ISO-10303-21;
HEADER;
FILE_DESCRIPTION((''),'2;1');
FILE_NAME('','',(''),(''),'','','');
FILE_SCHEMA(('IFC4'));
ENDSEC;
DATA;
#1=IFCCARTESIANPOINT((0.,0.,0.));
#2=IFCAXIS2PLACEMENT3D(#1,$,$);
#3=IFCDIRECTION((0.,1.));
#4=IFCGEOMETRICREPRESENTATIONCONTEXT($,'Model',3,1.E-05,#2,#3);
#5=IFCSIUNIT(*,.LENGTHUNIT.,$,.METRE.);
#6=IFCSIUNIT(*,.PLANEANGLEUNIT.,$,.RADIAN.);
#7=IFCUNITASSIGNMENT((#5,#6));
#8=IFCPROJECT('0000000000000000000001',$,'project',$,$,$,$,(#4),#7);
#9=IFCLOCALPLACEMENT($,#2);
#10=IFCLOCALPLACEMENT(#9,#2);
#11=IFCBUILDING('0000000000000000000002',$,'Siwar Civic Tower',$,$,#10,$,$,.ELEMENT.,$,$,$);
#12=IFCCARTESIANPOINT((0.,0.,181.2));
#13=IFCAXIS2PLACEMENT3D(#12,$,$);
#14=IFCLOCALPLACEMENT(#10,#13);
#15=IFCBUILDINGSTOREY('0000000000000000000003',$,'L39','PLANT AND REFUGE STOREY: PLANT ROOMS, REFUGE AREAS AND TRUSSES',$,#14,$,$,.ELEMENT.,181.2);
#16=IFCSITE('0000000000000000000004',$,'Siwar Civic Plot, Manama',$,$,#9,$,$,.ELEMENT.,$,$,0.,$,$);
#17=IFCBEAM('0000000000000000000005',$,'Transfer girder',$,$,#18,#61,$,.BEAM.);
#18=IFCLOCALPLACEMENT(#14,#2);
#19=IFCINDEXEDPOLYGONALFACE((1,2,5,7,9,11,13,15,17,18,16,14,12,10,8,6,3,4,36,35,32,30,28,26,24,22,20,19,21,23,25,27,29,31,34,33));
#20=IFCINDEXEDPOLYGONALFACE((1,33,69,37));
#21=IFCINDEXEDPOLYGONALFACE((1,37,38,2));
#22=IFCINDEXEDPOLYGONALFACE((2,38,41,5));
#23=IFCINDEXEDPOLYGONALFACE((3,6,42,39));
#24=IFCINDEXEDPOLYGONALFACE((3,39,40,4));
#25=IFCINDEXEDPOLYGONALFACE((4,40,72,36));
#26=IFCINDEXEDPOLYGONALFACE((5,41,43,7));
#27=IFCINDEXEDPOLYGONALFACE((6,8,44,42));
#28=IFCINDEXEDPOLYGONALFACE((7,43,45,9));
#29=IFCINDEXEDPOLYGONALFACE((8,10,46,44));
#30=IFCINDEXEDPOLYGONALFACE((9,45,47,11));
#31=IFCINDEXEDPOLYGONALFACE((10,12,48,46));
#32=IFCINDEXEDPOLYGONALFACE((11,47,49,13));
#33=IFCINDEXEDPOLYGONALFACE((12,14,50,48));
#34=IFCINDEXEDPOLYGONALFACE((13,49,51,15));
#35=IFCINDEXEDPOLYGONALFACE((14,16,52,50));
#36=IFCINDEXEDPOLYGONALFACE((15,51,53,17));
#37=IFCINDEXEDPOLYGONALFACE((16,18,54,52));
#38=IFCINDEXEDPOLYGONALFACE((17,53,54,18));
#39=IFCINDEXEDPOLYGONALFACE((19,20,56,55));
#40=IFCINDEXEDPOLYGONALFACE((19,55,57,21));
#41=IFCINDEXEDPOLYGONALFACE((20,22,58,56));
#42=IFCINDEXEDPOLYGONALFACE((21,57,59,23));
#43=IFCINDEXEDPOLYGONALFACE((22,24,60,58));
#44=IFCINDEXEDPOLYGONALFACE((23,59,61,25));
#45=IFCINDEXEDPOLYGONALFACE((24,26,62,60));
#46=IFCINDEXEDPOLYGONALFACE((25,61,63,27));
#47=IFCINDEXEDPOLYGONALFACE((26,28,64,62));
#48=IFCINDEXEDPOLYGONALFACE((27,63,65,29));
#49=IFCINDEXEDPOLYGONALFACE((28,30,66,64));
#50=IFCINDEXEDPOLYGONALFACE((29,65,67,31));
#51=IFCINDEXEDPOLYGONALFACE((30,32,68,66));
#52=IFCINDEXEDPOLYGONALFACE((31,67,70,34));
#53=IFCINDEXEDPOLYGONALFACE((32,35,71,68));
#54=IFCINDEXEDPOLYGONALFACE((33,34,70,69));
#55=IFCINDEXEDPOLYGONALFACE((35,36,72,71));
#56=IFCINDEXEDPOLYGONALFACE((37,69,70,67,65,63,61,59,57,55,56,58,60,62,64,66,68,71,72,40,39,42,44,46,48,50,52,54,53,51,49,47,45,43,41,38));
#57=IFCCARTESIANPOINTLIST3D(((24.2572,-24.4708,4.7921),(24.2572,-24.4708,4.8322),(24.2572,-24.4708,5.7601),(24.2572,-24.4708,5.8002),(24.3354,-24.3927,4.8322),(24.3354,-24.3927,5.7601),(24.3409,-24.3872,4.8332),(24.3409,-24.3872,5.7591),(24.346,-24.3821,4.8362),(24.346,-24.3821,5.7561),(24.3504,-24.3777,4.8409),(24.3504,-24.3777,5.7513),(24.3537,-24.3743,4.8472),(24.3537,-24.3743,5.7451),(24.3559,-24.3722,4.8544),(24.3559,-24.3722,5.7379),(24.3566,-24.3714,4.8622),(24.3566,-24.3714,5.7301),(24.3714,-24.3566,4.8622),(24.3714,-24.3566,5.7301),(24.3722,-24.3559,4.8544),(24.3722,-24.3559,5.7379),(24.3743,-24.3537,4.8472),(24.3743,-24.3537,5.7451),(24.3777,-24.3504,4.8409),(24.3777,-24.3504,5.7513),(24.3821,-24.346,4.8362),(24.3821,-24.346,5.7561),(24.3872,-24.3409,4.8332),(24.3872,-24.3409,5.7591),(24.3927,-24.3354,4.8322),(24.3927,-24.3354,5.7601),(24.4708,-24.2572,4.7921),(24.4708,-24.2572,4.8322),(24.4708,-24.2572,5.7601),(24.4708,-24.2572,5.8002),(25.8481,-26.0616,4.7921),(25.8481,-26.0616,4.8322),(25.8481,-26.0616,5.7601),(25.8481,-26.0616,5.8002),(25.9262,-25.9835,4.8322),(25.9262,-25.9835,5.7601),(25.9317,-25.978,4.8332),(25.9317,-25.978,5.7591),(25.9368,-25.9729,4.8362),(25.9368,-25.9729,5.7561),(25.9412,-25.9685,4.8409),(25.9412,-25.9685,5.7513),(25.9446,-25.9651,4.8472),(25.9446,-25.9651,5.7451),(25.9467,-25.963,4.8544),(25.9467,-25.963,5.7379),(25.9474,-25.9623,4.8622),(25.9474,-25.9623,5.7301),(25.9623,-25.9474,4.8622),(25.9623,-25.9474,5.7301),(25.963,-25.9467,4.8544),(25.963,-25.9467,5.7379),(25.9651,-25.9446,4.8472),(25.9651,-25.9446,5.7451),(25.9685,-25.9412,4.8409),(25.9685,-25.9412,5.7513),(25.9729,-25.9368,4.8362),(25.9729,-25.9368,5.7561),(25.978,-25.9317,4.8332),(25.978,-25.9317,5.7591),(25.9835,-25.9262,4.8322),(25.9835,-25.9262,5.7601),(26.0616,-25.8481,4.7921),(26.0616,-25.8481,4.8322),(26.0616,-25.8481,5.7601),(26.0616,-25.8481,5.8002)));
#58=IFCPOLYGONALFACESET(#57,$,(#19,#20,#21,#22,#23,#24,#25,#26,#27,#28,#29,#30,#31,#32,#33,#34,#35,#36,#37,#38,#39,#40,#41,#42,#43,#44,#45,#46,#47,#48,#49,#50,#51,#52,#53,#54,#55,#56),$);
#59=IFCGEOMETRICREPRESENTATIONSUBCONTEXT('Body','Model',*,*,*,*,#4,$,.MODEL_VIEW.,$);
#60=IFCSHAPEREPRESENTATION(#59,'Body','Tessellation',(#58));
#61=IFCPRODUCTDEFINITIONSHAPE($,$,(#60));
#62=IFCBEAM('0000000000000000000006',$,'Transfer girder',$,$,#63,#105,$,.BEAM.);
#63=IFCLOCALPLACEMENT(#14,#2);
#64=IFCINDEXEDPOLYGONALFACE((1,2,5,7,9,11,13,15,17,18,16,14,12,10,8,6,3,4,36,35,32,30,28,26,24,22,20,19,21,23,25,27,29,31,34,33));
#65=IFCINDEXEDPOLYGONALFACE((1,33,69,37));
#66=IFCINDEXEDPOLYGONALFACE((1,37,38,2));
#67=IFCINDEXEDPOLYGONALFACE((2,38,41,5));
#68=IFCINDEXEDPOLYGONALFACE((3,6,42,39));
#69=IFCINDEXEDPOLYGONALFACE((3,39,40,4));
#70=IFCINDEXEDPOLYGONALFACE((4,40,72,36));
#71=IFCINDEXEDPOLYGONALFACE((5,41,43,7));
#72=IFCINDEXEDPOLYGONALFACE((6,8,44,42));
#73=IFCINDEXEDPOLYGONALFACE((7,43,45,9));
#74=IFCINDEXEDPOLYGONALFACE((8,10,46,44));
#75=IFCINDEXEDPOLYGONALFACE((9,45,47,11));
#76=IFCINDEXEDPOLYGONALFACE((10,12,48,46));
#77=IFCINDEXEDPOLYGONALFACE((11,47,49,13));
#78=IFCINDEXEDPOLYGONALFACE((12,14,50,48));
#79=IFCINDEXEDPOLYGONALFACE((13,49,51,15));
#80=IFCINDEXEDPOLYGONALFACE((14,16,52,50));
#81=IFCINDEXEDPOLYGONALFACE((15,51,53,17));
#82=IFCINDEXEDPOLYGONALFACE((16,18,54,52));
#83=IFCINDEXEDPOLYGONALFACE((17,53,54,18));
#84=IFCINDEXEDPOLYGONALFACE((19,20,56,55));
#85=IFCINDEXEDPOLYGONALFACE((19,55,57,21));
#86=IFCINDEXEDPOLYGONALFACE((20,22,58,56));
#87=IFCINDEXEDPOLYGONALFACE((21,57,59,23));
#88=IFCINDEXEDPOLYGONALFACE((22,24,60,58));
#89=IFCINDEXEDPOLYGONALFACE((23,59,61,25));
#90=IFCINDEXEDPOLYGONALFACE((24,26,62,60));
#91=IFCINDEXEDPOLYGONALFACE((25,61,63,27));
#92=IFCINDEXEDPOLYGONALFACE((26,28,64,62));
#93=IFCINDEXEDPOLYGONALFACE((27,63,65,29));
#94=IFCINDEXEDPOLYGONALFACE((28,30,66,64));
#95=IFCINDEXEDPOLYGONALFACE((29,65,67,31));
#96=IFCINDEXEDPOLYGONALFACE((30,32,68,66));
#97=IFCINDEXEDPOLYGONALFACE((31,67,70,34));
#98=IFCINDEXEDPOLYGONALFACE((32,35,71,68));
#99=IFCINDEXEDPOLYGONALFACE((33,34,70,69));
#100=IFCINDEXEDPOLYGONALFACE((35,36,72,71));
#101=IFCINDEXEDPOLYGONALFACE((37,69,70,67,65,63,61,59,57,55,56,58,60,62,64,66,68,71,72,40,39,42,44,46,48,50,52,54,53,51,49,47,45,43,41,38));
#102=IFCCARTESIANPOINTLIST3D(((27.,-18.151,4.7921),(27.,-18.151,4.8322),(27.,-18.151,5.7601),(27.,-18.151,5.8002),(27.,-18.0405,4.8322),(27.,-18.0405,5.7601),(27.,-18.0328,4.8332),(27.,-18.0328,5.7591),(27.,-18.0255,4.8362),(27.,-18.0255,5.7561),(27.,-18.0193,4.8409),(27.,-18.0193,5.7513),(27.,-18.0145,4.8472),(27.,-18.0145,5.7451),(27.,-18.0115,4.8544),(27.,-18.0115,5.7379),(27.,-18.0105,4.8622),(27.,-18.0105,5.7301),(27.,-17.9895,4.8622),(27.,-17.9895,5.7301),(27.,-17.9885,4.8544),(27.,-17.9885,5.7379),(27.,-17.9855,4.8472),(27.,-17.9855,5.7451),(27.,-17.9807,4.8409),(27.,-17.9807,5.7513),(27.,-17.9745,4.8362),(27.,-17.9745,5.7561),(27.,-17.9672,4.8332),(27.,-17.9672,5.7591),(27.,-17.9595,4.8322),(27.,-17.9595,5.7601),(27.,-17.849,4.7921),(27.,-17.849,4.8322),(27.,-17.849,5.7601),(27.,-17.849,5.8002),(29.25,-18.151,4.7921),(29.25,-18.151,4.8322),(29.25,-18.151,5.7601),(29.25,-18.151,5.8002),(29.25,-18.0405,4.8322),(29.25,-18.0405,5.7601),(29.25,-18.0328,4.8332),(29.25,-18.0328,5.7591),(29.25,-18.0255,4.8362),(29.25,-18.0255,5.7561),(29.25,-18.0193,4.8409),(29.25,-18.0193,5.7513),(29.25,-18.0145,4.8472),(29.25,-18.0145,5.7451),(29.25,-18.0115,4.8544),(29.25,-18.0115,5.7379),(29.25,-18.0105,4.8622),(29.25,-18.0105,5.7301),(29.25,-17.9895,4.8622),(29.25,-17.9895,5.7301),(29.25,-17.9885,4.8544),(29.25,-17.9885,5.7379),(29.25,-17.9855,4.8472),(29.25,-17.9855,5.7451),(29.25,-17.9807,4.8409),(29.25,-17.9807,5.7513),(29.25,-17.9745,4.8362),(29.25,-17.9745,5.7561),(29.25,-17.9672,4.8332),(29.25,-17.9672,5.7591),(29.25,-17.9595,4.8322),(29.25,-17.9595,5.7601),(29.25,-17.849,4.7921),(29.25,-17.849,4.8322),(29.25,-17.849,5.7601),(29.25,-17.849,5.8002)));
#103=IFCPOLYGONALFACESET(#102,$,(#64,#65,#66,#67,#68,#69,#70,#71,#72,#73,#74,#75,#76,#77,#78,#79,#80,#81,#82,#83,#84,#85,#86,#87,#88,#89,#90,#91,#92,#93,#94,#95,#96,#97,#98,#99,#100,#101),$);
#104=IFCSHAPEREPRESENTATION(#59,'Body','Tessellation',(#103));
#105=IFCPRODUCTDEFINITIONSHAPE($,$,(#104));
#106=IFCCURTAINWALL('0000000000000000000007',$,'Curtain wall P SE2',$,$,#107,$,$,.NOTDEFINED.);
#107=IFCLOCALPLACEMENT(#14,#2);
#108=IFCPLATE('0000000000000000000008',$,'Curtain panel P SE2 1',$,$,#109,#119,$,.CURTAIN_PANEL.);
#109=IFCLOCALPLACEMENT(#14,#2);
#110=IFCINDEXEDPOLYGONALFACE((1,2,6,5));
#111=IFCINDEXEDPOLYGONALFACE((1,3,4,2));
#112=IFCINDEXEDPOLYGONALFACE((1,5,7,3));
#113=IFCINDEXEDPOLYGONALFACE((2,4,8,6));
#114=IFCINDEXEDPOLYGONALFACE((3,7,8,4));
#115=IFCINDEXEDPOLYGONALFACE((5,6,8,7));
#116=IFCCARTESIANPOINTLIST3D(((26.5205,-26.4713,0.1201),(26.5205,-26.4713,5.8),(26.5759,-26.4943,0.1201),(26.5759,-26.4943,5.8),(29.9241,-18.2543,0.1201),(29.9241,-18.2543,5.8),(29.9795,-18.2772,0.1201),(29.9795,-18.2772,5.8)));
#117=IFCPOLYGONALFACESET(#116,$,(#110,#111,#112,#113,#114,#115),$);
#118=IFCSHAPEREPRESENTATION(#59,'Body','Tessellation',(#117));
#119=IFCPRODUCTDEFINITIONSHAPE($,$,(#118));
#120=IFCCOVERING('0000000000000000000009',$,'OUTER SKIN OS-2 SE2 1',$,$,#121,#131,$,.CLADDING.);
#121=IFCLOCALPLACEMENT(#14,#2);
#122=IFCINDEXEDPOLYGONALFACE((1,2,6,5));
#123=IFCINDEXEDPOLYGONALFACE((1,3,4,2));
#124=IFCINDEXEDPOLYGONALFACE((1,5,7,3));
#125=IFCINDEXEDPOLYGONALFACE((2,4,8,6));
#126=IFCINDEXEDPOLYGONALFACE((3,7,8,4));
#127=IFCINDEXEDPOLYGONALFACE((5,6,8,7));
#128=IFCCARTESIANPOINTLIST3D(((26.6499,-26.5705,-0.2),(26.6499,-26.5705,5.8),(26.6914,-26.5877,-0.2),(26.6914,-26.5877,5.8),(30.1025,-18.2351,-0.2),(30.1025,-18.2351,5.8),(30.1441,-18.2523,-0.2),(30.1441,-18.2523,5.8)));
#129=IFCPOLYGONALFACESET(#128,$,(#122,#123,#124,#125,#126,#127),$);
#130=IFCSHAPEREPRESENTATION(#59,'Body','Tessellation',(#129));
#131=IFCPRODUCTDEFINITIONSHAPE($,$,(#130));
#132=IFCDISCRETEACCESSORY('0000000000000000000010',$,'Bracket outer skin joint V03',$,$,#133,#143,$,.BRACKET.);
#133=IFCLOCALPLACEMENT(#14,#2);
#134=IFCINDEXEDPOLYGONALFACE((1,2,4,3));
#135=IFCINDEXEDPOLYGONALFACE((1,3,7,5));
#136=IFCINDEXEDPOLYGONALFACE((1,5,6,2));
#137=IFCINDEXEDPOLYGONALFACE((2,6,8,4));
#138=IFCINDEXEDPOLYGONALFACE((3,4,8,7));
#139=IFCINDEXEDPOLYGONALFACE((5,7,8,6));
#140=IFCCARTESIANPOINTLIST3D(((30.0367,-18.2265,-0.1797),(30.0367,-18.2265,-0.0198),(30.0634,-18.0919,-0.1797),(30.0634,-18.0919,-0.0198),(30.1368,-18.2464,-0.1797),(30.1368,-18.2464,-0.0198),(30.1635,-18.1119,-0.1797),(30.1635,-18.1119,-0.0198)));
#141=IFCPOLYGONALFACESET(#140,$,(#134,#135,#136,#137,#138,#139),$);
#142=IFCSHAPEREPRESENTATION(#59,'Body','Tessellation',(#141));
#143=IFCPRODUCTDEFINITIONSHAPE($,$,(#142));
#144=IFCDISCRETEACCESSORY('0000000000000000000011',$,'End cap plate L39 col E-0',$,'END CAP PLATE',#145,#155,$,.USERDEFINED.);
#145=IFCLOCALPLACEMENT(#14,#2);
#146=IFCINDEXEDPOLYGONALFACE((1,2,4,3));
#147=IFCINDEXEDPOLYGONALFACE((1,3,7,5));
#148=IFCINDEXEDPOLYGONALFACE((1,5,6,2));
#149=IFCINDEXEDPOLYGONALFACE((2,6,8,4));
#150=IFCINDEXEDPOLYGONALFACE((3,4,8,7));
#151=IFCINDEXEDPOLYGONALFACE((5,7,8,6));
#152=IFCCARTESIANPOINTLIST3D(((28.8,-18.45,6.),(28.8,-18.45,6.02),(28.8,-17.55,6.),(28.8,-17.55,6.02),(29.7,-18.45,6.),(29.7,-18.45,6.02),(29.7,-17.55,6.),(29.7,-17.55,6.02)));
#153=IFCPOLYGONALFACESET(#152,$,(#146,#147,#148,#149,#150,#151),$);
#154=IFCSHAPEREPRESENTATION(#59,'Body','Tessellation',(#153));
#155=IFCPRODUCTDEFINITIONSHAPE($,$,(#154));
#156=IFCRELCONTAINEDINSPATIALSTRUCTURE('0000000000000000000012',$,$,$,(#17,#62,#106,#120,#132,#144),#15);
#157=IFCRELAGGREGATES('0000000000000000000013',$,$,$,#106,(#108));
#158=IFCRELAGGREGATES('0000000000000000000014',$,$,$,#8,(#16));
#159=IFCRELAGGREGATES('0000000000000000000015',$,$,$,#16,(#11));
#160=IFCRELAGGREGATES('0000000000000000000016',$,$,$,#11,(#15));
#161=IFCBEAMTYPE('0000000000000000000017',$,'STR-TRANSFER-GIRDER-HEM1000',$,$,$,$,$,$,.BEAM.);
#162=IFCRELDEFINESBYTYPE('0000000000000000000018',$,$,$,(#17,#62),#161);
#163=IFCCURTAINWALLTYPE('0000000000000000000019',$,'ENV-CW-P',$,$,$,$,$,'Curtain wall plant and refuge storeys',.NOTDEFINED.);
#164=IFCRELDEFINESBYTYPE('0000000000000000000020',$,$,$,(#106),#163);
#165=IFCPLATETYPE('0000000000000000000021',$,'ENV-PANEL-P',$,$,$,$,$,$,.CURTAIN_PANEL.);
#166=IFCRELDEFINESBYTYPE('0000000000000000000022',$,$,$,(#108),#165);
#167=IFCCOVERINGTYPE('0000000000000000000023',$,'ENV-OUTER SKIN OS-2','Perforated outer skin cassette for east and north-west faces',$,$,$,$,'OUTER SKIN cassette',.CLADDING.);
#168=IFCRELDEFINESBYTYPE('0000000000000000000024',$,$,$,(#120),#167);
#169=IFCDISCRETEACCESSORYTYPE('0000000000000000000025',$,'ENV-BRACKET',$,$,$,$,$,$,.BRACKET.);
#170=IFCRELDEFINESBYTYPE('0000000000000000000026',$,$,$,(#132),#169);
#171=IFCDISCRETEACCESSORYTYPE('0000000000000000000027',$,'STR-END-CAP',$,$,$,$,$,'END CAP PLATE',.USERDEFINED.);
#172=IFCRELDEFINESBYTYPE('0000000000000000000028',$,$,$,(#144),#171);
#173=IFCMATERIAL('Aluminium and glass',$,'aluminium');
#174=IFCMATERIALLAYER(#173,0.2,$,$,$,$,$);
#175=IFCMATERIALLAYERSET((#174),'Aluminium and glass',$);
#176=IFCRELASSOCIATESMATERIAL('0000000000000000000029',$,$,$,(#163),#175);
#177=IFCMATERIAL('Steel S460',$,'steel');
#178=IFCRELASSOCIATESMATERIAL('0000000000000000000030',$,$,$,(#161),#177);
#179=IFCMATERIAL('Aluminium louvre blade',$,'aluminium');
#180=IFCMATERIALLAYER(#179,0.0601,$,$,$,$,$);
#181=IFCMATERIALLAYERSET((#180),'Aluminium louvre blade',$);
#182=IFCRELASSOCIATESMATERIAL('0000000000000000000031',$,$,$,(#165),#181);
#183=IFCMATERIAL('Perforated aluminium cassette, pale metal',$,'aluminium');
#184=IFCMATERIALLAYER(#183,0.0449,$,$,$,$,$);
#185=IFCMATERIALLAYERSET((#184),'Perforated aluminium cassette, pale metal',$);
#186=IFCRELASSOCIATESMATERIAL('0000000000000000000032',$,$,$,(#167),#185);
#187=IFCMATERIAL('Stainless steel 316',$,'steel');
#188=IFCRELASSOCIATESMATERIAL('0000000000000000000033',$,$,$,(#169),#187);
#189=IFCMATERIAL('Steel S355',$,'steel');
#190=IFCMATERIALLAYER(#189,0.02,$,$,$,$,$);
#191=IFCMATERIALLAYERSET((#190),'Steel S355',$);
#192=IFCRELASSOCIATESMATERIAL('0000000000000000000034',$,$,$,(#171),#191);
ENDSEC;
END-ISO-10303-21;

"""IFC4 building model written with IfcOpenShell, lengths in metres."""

from ifc_helpers import new_model, si_unit, direction, frame, origin, origin_2d, place, context, subcontext, project, spatial, rectangle, i_section, extrude, material, layer, layer_set, material_profile, profile_set, type_object, element, aggregate, save


model = new_model("IFC4")

# Units and contexts
model_context = context("Model", 3, precision=1e-05, world=origin(), true_north=direction((0.0, 1.0)))
body_context = subcontext(model_context, "Body", "Model", "MODEL_VIEW")
ifc_project = project(units=[si_unit("LENGTHUNIT", "METRE"), si_unit("PLANEANGLEUNIT", "RADIAN")], contexts=[model_context])

# Site, building, storey
site_placement = place(None, origin())
site = spatial("IfcSite", under=ifc_project, at=site_placement, Name="Siwar Civic Plot, Manama", CompositionType="ELEMENT", RefElevation=0.0)
building_placement = place(site_placement, origin())
building = spatial("IfcBuilding", under=site, at=building_placement, Name="Siwar Civic Tower", CompositionType="ELEMENT")
storey_placement = place(building_placement, frame((0.0, 0.0, 181.2)))
storey = spatial("IfcBuildingStorey", under=building, at=storey_placement, Name="L39", Description="PLANT AND REFUGE STOREY: PLANT ROOMS, REFUGE AREAS AND TRUSSES", CompositionType="ELEMENT", Elevation=181.2)

# Shared definitions
ifc_material_1 = material(Name="Aluminium and glass", Category="aluminium")
ifc_layer_1 = layer(ifc_material_1, 0.2)
ifc_layer_set_1 = layer_set([ifc_layer_1], Name="Aluminium and glass")
curtain_wall_type = type_object("IfcCurtainWallType", Name="ENV-CW-P", ElementType="Curtain wall plant and refuge storeys", PredefinedType="NOTDEFINED", material=ifc_layer_set_1)

# Beams
ifc_material_2 = material(Name="Steel S460", Category="steel")
ifc_material_profile_1 = material_profile(ifc_material_2, i_section(OverallWidth=0.302, OverallDepth=1.0081, WebThickness=0.021, FlangeThickness=0.04, FilletRadius=0.03, at=origin_2d()), Name="HEM1000")
ifc_profile_set_1 = profile_set([ifc_material_profile_1], Name="Steel S460")
beam_type_1 = type_object("IfcBeamType", Name="STR-TRANSFER-GIRDER-HEM1000", PredefinedType="BEAM", material=ifc_profile_set_1)
beam_1_placement = place(storey_placement, frame((24.364, -24.364, 5.2961), z_axis=(0.707107, -0.707107, 0.0), x_axis=(0.707107, 0.707107, 0.0)))
element("IfcBeam", 1, at=beam_1_placement, inside=storey, type_object=beam_type_1, Name="Transfer girder", PredefinedType="BEAM", context=body_context, shape_type="SweptSolid", body=[
    extrude(i_section(OverallWidth=0.302, OverallDepth=1.0081, WebThickness=0.021, FlangeThickness=0.04, FilletRadius=0.03, at=origin_2d()), origin(), (0.0, 0.0, 1.0), 2.2498),
])
beam_2_placement = place(storey_placement, frame((27.0, -18.0, 5.2961), z_axis=(1.0, 0.0, 0.0), x_axis=(0.0, 1.0, 0.0)))
element("IfcBeam", 2, at=beam_2_placement, inside=storey, type_object=beam_type_1, Name="Transfer girder", PredefinedType="BEAM", context=body_context, shape_type="SweptSolid", body=[
    extrude(i_section(OverallWidth=0.302, OverallDepth=1.0081, WebThickness=0.021, FlangeThickness=0.04, FilletRadius=0.03, at=origin_2d()), origin(), (0.0, 0.0, 1.0), 2.25),
])

# Curtain wall, plate
curtain_wall_1_placement = place(storey_placement, origin())
curtain_wall_1 = element("IfcCurtainWall", 3, at=curtain_wall_1_placement, inside=storey, type_object=curtain_wall_type, Name="Curtain wall P SE2", PredefinedType="NOTDEFINED")
ifc_material_3 = material(Name="Aluminium louvre blade", Category="aluminium")
ifc_layer_2 = layer(ifc_material_3, 0.0601)
ifc_layer_set_2 = layer_set([ifc_layer_2], Name="Aluminium louvre blade")
plate_type = type_object("IfcPlateType", Name="ENV-PANEL-P", PredefinedType="CURTAIN_PANEL", material=ifc_layer_set_2)
plate_placement = place(storey_placement, frame((28.25, -22.3743, 0.1201), z_axis=(0.0, 0.0, 1.0), x_axis=(0.382683, 0.92388, 0.0)))
plate = element("IfcPlate", 4, at=plate_placement, type_object=plate_type, Name="Curtain panel P SE2 1", PredefinedType="CURTAIN_PANEL", context=body_context, shape_type="SweptSolid", body=[
    extrude(rectangle(XDim=8.894, YDim=0.0601, at=origin_2d()), origin(), (0.0, 0.0, 1.0), 5.6799),
])
aggregate(curtain_wall_1, [plate])

# Covering
ifc_material_4 = material(Name="Perforated aluminium cassette, pale metal", Category="aluminium")
ifc_layer_3 = layer(ifc_material_4, 0.0449)
ifc_layer_set_3 = layer_set([ifc_layer_3], Name="Perforated aluminium cassette, pale metal")
covering_type = type_object("IfcCoveringType", Name="ENV-OUTER SKIN OS-2", Description="Perforated outer skin cassette for east and north-west faces", ElementType="OUTER SKIN cassette", PredefinedType="CLADDING", material=ifc_layer_set_3)
covering_placement = place(storey_placement, frame((28.397, -22.4114, -0.2), z_axis=(0.0, 0.0, 1.0), x_axis=(0.382683, 0.92388, 0.0)))
element("IfcCovering", 5, at=covering_placement, inside=storey, type_object=covering_type, Name="OUTER SKIN OS-2 SE2 1", PredefinedType="CLADDING", context=body_context, shape_type="SweptSolid", body=[
    extrude(rectangle(XDim=9.0222, YDim=0.0449, at=origin_2d()), origin(), (0.0, 0.0, 1.0), 6.0),
])

# Discrete accessories
ifc_material_5 = material(Name="Stainless steel 316", Category="steel")
discrete_accessory_type_1 = type_object("IfcDiscreteAccessoryType", Name="ENV-BRACKET", PredefinedType="BRACKET", material=ifc_material_5)
discrete_accessory_1_placement = place(storey_placement, frame((30.1001, -18.1692, -0.1797), z_axis=(0.0, 0.0, 1.0), x_axis=(0.980785, -0.19509, 0.0)))
element("IfcDiscreteAccessory", 6, at=discrete_accessory_1_placement, inside=storey, type_object=discrete_accessory_type_1, Name="Bracket outer skin joint V03", PredefinedType="BRACKET", context=body_context, shape_type="SweptSolid", body=[
    extrude(rectangle(XDim=0.1021, YDim=0.1372, at=origin_2d()), origin(), (0.0, 0.0, 1.0), 0.1599),
])
ifc_material_6 = material(Name="Steel S355", Category="steel")
ifc_layer_4 = layer(ifc_material_6, 0.02)
ifc_layer_set_4 = layer_set([ifc_layer_4], Name="Steel S355")
discrete_accessory_type_2 = type_object("IfcDiscreteAccessoryType", Name="STR-END-CAP", ElementType="END CAP PLATE", PredefinedType="USERDEFINED", material=ifc_layer_set_4)
discrete_accessory_2_placement = place(storey_placement, frame((29.25, -18.0, 6.0), z_axis=(0.0, 0.0, 1.0), x_axis=(1.0, 0.0, 0.0)))
element("IfcDiscreteAccessory", 7, at=discrete_accessory_2_placement, inside=storey, type_object=discrete_accessory_type_2, Name="End cap plate L39 col E-0", ObjectType="END CAP PLATE", PredefinedType="USERDEFINED", context=body_context, shape_type="SweptSolid", body=[
    extrude(rectangle(XDim=0.8999, YDim=0.8999, at=origin_2d()), origin(), (0.0, 0.0, 1.0), 0.02),
])

save(model, "model.ifc")
